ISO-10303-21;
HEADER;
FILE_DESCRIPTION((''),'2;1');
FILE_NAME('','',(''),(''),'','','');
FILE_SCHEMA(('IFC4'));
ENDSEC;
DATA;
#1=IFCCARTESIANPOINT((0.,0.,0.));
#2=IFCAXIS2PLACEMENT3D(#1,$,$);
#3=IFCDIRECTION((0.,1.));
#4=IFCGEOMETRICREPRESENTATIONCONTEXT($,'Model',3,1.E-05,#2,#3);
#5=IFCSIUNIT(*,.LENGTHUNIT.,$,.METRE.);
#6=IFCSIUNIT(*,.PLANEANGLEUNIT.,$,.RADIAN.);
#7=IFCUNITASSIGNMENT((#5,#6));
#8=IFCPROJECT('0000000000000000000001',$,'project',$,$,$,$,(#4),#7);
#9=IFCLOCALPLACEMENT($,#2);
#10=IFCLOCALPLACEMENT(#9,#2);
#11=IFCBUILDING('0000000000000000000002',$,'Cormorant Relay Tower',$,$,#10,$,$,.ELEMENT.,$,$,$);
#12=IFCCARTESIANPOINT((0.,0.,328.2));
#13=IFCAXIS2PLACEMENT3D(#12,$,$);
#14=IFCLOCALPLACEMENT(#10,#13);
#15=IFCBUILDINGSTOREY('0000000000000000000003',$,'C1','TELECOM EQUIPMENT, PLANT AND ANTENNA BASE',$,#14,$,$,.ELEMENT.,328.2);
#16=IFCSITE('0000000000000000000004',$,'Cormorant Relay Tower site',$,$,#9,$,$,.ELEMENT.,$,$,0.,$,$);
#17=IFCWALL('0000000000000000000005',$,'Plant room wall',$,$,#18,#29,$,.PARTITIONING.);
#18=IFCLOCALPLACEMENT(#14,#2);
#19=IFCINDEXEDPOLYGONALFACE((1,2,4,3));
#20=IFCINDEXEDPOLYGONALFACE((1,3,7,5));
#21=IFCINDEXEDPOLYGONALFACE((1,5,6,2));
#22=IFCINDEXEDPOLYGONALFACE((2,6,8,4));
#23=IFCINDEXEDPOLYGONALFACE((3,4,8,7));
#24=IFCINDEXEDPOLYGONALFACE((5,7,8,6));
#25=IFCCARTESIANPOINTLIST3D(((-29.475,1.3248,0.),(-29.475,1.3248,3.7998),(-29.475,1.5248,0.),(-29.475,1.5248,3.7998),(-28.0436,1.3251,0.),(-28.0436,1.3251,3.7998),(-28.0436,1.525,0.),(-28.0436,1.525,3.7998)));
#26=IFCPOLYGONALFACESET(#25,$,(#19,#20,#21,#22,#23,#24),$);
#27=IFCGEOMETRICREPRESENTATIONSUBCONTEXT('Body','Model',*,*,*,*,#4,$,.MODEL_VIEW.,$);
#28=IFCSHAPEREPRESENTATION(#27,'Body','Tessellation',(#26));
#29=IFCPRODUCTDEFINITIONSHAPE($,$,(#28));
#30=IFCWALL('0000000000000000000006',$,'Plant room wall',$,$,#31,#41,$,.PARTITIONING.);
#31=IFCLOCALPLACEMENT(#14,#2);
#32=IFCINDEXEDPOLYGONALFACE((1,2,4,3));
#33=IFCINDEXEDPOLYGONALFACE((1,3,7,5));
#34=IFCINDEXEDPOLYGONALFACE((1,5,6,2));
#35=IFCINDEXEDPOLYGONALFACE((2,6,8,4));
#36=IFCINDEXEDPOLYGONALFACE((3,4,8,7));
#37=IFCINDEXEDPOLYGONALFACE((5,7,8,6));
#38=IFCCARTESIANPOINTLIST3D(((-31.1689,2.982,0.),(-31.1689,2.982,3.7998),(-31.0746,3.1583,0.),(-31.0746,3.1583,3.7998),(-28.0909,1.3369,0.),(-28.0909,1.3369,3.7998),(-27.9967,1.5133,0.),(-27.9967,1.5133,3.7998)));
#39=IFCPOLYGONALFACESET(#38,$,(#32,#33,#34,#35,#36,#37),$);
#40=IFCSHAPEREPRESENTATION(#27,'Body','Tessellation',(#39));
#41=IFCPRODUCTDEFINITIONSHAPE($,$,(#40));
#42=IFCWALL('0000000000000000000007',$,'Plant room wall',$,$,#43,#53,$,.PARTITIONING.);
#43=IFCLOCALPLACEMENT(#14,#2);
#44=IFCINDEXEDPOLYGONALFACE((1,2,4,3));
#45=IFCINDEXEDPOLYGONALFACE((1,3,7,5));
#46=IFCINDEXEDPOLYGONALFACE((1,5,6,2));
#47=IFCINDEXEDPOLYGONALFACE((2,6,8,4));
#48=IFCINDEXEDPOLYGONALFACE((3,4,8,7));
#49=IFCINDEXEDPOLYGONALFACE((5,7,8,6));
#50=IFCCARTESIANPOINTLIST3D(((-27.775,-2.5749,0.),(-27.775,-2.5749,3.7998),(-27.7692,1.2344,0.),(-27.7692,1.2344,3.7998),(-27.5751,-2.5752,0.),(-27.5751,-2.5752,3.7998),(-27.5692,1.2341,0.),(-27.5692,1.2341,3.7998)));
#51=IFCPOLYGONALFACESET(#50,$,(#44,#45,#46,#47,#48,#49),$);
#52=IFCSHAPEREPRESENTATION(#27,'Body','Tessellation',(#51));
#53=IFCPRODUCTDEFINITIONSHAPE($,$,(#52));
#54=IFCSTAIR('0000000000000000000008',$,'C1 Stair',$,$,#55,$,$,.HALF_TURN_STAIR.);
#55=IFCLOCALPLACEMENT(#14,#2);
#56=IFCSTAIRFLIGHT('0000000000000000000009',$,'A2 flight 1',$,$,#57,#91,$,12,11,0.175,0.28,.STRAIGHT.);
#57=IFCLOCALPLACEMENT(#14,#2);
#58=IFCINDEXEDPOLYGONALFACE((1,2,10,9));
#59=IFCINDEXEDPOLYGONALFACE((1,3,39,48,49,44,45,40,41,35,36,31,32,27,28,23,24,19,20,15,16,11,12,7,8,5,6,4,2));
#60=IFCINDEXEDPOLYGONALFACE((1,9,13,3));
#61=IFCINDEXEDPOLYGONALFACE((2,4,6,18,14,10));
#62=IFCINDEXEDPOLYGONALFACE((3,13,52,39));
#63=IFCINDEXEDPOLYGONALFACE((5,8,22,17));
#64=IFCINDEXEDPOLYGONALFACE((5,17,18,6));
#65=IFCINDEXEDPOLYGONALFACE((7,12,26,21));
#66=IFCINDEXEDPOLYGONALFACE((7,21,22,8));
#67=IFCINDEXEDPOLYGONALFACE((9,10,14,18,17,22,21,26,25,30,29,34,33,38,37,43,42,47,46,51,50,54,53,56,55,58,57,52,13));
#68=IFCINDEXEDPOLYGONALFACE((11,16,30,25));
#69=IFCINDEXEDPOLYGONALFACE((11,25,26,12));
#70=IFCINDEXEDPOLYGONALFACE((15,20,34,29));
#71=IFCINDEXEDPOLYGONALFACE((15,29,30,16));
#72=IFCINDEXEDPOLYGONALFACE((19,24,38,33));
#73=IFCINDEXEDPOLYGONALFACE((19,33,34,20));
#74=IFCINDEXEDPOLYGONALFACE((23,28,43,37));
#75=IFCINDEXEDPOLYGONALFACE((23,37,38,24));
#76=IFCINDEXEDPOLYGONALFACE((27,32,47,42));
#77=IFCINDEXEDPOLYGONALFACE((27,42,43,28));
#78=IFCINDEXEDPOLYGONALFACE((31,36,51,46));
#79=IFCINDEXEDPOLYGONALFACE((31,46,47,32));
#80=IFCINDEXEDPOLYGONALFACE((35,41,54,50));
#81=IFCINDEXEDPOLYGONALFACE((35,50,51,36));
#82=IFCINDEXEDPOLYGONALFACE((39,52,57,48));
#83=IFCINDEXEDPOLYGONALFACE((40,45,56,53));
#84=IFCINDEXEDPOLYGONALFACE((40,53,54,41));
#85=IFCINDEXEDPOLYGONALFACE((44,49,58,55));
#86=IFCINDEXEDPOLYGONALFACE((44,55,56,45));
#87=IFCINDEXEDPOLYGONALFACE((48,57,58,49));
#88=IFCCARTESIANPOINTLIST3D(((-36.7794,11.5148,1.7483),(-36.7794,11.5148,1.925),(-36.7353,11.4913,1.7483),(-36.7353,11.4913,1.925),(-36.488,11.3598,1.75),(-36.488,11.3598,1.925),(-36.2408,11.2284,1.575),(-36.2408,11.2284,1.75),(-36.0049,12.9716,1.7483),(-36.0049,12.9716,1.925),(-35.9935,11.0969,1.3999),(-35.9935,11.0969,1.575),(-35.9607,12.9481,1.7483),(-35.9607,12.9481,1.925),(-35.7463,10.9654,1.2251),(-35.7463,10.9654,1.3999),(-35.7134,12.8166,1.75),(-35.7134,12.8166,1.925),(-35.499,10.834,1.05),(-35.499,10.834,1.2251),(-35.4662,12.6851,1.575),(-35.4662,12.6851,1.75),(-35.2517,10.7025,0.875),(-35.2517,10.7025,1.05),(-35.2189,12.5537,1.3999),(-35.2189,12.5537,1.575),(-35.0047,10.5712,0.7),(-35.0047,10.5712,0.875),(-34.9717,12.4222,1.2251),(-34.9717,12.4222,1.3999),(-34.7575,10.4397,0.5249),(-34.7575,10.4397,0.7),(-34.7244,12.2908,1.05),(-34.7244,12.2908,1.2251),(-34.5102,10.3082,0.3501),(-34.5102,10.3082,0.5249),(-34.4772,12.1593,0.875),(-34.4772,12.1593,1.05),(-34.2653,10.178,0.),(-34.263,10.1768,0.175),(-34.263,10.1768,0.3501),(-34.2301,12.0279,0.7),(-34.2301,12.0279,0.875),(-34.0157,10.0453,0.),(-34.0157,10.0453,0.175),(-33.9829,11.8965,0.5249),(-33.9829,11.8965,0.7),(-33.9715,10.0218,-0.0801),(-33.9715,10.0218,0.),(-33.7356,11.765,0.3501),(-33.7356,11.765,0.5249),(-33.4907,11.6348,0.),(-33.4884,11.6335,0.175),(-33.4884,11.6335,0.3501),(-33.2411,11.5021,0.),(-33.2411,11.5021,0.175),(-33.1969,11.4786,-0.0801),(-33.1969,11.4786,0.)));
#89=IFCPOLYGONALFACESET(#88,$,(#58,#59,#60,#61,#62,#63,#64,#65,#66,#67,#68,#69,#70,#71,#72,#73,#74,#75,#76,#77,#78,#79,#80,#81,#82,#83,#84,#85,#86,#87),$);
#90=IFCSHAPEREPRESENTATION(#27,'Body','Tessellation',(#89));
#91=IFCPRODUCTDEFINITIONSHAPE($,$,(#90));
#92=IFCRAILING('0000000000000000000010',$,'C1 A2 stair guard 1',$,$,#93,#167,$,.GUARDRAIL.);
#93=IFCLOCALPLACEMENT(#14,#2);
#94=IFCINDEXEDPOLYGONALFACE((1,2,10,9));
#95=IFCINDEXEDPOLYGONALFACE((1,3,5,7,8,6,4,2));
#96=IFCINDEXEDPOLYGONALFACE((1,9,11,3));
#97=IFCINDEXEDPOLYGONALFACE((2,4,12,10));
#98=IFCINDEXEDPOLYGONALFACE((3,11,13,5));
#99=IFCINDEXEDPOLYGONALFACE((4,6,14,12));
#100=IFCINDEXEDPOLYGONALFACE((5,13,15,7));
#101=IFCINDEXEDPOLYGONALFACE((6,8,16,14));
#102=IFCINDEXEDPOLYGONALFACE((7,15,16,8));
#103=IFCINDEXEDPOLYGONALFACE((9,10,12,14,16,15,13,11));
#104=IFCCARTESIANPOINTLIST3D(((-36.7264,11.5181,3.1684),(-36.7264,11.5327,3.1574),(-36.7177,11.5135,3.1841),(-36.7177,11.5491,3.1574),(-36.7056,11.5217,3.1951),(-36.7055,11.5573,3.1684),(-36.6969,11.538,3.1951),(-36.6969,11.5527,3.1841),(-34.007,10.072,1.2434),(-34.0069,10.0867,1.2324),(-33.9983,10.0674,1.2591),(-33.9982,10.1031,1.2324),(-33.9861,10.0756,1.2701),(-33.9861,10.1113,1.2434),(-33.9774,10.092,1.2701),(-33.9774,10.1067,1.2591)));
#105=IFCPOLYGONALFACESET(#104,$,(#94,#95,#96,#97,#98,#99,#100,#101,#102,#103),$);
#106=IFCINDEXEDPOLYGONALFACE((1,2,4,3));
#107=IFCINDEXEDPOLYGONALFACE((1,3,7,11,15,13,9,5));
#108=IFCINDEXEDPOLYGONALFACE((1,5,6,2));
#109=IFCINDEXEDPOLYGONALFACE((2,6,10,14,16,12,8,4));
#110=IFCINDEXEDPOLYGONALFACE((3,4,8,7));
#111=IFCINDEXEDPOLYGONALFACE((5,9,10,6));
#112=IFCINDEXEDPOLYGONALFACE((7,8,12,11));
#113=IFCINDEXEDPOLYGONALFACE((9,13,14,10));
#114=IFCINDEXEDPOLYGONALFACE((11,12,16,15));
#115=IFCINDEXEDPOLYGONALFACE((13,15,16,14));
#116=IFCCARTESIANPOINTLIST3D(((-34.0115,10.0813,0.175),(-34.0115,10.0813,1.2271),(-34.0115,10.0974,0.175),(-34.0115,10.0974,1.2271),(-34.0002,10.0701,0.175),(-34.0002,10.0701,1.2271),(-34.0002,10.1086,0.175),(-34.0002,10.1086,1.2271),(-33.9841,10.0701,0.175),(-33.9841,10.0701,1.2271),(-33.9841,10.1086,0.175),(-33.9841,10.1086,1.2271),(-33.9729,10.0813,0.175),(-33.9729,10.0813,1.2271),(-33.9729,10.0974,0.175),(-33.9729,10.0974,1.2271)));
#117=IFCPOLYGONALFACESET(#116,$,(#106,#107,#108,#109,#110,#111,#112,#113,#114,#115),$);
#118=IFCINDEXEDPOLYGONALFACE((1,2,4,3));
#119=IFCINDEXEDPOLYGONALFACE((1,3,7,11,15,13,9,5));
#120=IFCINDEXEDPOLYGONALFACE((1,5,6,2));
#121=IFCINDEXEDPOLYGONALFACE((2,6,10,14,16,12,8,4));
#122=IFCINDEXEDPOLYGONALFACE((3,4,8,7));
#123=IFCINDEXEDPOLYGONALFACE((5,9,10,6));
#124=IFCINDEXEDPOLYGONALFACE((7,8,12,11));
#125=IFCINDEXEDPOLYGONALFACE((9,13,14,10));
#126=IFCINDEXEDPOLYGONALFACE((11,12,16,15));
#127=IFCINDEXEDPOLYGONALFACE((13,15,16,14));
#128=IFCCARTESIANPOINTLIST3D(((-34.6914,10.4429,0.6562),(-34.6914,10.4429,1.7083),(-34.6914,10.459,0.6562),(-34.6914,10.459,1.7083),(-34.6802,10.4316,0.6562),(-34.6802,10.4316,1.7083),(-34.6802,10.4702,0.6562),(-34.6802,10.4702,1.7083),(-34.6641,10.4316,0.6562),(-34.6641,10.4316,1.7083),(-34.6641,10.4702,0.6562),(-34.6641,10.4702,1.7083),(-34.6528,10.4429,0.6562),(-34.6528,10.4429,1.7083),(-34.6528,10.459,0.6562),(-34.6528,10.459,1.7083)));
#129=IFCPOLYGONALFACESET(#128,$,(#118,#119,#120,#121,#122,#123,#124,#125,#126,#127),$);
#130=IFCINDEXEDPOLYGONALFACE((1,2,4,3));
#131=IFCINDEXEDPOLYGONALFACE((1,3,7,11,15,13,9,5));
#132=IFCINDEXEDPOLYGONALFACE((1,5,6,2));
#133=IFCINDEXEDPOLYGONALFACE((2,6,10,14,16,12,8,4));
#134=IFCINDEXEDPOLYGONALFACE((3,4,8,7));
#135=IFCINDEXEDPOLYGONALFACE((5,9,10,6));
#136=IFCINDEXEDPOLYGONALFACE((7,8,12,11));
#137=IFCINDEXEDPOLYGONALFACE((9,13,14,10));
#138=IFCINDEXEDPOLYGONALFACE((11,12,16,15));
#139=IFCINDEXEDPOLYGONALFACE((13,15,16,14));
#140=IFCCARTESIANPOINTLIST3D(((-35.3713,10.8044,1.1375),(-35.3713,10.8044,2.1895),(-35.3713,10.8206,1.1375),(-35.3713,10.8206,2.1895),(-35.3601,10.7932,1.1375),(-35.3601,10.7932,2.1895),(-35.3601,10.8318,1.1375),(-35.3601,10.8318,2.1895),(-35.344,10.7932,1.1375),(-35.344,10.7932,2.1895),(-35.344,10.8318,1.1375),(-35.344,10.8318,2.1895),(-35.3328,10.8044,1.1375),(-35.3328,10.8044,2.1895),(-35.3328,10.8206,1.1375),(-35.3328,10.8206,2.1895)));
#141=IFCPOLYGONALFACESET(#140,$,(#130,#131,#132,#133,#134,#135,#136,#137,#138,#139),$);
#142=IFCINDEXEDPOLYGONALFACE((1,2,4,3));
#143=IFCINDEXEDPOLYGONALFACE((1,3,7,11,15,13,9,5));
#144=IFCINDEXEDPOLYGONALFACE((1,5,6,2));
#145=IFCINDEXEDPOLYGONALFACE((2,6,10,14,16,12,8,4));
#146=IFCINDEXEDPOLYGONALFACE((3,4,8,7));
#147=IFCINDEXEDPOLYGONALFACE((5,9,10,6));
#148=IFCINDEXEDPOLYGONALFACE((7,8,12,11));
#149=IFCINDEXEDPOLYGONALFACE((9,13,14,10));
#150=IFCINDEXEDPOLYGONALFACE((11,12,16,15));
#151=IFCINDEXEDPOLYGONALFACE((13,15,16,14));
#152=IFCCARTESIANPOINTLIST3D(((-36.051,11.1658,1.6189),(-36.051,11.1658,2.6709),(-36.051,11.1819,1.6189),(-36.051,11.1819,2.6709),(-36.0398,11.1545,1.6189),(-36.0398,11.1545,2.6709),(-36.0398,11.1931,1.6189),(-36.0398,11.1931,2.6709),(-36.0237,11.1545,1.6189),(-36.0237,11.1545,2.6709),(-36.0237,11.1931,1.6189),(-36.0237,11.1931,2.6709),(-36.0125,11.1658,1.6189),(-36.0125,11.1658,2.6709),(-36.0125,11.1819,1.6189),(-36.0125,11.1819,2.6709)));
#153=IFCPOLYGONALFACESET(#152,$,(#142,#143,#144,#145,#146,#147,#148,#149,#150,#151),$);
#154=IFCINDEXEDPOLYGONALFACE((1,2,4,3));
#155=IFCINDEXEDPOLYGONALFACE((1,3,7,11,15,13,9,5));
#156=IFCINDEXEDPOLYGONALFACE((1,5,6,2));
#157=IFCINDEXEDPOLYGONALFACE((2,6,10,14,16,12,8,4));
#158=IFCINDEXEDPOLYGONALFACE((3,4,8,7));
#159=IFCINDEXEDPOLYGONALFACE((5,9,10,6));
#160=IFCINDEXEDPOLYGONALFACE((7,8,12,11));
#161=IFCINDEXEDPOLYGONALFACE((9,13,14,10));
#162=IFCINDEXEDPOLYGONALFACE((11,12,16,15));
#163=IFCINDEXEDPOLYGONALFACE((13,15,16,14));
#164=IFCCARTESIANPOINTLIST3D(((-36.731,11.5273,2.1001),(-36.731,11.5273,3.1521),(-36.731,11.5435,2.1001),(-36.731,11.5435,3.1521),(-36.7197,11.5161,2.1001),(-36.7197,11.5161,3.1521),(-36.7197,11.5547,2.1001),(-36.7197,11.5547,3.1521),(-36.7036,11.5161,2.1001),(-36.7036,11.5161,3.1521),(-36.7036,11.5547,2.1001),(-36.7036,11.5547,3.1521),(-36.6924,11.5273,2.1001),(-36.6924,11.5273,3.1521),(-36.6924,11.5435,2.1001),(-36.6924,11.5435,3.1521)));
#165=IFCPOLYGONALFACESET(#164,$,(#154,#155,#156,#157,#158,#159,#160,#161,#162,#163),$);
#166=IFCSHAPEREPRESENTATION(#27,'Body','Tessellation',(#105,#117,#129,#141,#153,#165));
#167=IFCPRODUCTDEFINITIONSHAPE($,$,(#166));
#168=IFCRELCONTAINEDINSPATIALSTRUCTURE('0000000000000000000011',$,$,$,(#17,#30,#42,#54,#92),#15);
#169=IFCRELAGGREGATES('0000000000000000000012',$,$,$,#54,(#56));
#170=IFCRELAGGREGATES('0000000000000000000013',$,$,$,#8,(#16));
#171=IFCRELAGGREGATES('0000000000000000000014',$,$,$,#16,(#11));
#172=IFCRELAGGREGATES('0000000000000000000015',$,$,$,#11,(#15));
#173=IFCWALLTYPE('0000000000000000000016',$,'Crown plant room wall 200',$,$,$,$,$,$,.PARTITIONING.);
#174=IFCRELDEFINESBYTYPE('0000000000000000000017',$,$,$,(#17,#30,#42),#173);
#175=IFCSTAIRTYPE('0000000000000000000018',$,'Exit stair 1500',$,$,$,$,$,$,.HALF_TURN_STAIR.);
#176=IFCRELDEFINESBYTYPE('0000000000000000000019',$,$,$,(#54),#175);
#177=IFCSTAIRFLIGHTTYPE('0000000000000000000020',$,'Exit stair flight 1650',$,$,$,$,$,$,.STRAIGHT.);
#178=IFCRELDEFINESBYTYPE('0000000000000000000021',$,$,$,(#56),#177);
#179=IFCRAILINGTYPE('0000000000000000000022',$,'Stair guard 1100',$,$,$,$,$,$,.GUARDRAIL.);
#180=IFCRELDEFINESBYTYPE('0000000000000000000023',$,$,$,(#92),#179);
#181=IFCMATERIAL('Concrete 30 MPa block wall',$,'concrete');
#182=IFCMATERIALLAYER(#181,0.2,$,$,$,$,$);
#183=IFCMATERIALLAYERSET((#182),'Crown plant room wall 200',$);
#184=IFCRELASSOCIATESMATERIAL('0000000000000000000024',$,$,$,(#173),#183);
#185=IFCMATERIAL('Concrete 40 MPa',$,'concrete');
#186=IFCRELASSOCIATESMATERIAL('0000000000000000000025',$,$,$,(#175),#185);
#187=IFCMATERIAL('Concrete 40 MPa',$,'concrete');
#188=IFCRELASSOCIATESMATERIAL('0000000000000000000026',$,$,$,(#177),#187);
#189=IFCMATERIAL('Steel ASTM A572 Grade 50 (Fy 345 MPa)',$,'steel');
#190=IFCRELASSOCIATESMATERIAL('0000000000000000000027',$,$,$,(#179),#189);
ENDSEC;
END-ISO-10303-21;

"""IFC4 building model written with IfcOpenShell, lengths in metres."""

from ifc_helpers import new_model, si_unit, direction, frame, frame_2d, origin, place, context, subcontext, project, spatial, polyline, rectangle, outline, extrude, material, layer, layer_set, type_object, element, aggregate, save


model = new_model("IFC4")

# Units and contexts
model_context = context("Model", 3, precision=1e-05, world=origin(), true_north=direction((0.0, 1.0)))
body_context = subcontext(model_context, "Body", "Model", "MODEL_VIEW")
ifc_project = project(units=[si_unit("LENGTHUNIT", "METRE"), si_unit("PLANEANGLEUNIT", "RADIAN")], contexts=[model_context])

# Site, building, storey
site_placement = place(None, origin())
site = spatial("IfcSite", under=ifc_project, at=site_placement, Name="Cormorant Relay Tower site", CompositionType="ELEMENT", RefElevation=0.0)
building_placement = place(site_placement, origin())
building = spatial("IfcBuilding", under=site, at=building_placement, Name="Cormorant Relay Tower", CompositionType="ELEMENT")
storey_placement = place(building_placement, frame((0.0, 0.0, 328.2)))
storey = spatial("IfcBuildingStorey", under=building, at=storey_placement, Name="C1", Description="TELECOM EQUIPMENT, PLANT AND ANTENNA BASE", CompositionType="ELEMENT", Elevation=328.2)

# Shared definitions
ifc_material_1 = material(Name="Concrete 30 MPa block wall", Category="concrete")
ifc_layer_1 = layer(ifc_material_1, 0.2)
ifc_layer_set_1 = layer_set([ifc_layer_1], Name="Crown plant room wall 200")
wall_type_1 = type_object("IfcWallType", Name="Crown plant room wall 200", PredefinedType="PARTITIONING", material=ifc_layer_set_1)

# Walls
wall_1_placement = place(storey_placement, frame((-29.4751, 1.4248, 0.0), z_axis=(0.0, 0.0, 1.0), x_axis=(1.0, 0.000171, 0.0)))
element("IfcWall", 1, at=wall_1_placement, inside=storey, type_object=wall_type_1, Name="Plant room wall", PredefinedType="PARTITIONING", context=body_context, shape_type="SweptSolid", body=[
    extrude(rectangle(XDim=1.4314, YDim=0.2, at=frame_2d((0.7158, 0.0))), origin(), (0.0, 0.0, 1.0), 3.7998),
])
wall_2_placement = place(storey_placement, frame((-28.0437, 1.425, 0.0), z_axis=(0.0, 0.0, 1.0), x_axis=(-0.881938, 0.471365, 0.0)))
element("IfcWall", 2, at=wall_2_placement, inside=storey, type_object=wall_type_1, Name="Plant room wall", PredefinedType="PARTITIONING", context=body_context, shape_type="SweptSolid", body=[
    extrude(rectangle(XDim=3.49, YDim=0.2, at=frame_2d((1.7451, 0.0))), origin(), (0.0, 0.0, 1.0), 3.7998),
])
wall_3_placement = place(storey_placement, frame((-27.6692, 1.2344, 0.0), z_axis=(0.0, 0.0, 1.0), x_axis=(-0.001538, -0.999999, 0.0)))
element("IfcWall", 3, at=wall_3_placement, inside=storey, type_object=wall_type_1, Name="Plant room wall", PredefinedType="PARTITIONING", context=body_context, shape_type="SweptSolid", body=[
    extrude(rectangle(XDim=3.8093, YDim=0.2, at=frame_2d((1.9048, 0.0))), origin(), (0.0, 0.0, 1.0), 3.7998),
])

# Stair, stair flight
ifc_material_2 = material(Name="Concrete 40 MPa", Category="concrete")
stair_type = type_object("IfcStairType", Name="Exit stair 1500", PredefinedType="HALF_TURN_STAIR", material=ifc_material_2)
stair_placement = place(storey_placement, origin())
stair = element("IfcStair", 4, at=stair_placement, inside=storey, type_object=stair_type, Name="C1 Stair", PredefinedType="HALF_TURN_STAIR")
ifc_material_3 = material(Name="Concrete 40 MPa", Category="concrete")
stair_flight_type = type_object("IfcStairFlightType", Name="Exit stair flight 1650", PredefinedType="STRAIGHT", material=ifc_material_3)
stair_flight_placement = place(storey_placement, frame((-33.6284, 10.7737, 0.0), z_axis=(0.0, 0.0, 1.0), x_axis=(-0.882948, 0.469472, 0.0)))
stair_flight = element("IfcStairFlight", 5, at=stair_flight_placement, type_object=stair_flight_type, Name="A2 flight 1", NumberOfRisers=12, NumberOfTreads=11, PredefinedType="STRAIGHT", RiserHeight=0.175, TreadLength=0.28, context=body_context, shape_type="SweptSolid", body=[
    extrude(outline(polyline([(-0.05, -0.0801), (-0.05, 0.0), (0.0, 0.0), (0.0, 0.175), (0.28, 0.175), (0.28, 0.3501), (0.5601, 0.3501), (0.5601, 0.5249), (0.8401, 0.5249), (0.8401, 0.7), (1.1201, 0.7), (1.1201, 0.875), (1.3999, 0.875), (1.3999, 1.05), (1.6799, 1.05), (1.6799, 1.2251), (1.96, 1.2251), (1.96, 1.3999), (2.24, 1.3999), (2.24, 1.575), (2.52, 1.575), (2.52, 1.75), (2.8, 1.75), (2.8, 1.925), (3.0801, 1.925), (3.1301, 1.925), (3.1301, 1.7483), (3.0801, 1.7483), (0.2827, 0.0), (-0.05, -0.0801)])), frame((0.0, 0.825, 0.0), z_axis=(0.0, -1.0, 0.0), x_axis=(1.0, 0.0, 0.0)), (0.0, 0.0, 1.0), 1.6499),
])
aggregate(stair, [stair_flight])

# Railing
ifc_material_4 = material(Name="Steel ASTM A572 Grade 50 (Fy 345 MPa)", Category="steel")
railing_type_1 = type_object("IfcRailingType", Name="Stair guard 1100", PredefinedType="GUARDRAIL", material=ifc_material_4)
railing_1_placement = place(storey_placement, frame((-33.9922, 10.0894, 0.175)))
element("IfcRailing", 6, at=railing_1_placement, inside=storey, type_object=railing_type_1, Name="C1 A2 stair guard 1", PredefinedType="GUARDRAIL", context=body_context, shape_type="SweptSolid", body=[
    extrude(outline(polyline([(0.0222, 0.0093), (0.0093, 0.0222), (-0.0093, 0.0222), (-0.0222, 0.0093), (-0.0222, -0.0093), (-0.0093, -0.0222), (0.0093, -0.0222), (0.0222, -0.0093), (0.0222, 0.0093)])), frame((0.0, 0.0, 1.0762), z_axis=(-0.748727, 0.398125, 0.530004), x_axis=(-0.469489, -0.882938, 0.0)), (0.0, 0.0, 1.0), 3.6321),
    extrude(outline(polyline([(0.0193, 0.0081), (0.0081, 0.0193), (-0.0081, 0.0193), (-0.0193, 0.0081), (-0.0193, -0.0081), (-0.0081, -0.0193), (0.0081, -0.0193), (0.0193, -0.0081), (0.0193, 0.0081)])), origin(), (0.0, 0.0, 1.0), 1.052),
    extrude(outline(polyline([(0.0193, 0.0081), (0.0081, 0.0193), (-0.0081, 0.0193), (-0.0193, 0.0081), (-0.0193, -0.0081), (-0.0081, -0.0193), (0.0081, -0.0193), (0.0193, -0.0081), (0.0193, 0.0081)])), frame((-0.6799, 0.3616, 0.4812)), (0.0, 0.0, 1.0), 1.052),
    extrude(outline(polyline([(0.0193, 0.0081), (0.0081, 0.0193), (-0.0081, 0.0193), (-0.0193, 0.0081), (-0.0193, -0.0081), (-0.0081, -0.0193), (0.0081, -0.0193), (0.0193, -0.0081), (0.0193, 0.0081)])), frame((-1.3599, 0.7231, 0.9624)), (0.0, 0.0, 1.0), 1.052),
    extrude(outline(polyline([(0.0193, 0.0081), (0.0081, 0.0193), (-0.0081, 0.0193), (-0.0193, 0.0081), (-0.0193, -0.0081), (-0.0081, -0.0193), (0.0081, -0.0193), (0.0193, -0.0081), (0.0193, 0.0081)])), frame((-2.0396, 1.0845, 1.4438)), (0.0, 0.0, 1.0), 1.052),
    extrude(outline(polyline([(0.0193, 0.0081), (0.0081, 0.0193), (-0.0081, 0.0193), (-0.0193, 0.0081), (-0.0193, -0.0081), (-0.0081, -0.0193), (0.0081, -0.0193), (0.0193, -0.0081), (0.0193, 0.0081)])), frame((-2.7195, 1.446, 1.925)), (0.0, 0.0, 1.0), 1.052),
])

save(model, "model.ifc")
